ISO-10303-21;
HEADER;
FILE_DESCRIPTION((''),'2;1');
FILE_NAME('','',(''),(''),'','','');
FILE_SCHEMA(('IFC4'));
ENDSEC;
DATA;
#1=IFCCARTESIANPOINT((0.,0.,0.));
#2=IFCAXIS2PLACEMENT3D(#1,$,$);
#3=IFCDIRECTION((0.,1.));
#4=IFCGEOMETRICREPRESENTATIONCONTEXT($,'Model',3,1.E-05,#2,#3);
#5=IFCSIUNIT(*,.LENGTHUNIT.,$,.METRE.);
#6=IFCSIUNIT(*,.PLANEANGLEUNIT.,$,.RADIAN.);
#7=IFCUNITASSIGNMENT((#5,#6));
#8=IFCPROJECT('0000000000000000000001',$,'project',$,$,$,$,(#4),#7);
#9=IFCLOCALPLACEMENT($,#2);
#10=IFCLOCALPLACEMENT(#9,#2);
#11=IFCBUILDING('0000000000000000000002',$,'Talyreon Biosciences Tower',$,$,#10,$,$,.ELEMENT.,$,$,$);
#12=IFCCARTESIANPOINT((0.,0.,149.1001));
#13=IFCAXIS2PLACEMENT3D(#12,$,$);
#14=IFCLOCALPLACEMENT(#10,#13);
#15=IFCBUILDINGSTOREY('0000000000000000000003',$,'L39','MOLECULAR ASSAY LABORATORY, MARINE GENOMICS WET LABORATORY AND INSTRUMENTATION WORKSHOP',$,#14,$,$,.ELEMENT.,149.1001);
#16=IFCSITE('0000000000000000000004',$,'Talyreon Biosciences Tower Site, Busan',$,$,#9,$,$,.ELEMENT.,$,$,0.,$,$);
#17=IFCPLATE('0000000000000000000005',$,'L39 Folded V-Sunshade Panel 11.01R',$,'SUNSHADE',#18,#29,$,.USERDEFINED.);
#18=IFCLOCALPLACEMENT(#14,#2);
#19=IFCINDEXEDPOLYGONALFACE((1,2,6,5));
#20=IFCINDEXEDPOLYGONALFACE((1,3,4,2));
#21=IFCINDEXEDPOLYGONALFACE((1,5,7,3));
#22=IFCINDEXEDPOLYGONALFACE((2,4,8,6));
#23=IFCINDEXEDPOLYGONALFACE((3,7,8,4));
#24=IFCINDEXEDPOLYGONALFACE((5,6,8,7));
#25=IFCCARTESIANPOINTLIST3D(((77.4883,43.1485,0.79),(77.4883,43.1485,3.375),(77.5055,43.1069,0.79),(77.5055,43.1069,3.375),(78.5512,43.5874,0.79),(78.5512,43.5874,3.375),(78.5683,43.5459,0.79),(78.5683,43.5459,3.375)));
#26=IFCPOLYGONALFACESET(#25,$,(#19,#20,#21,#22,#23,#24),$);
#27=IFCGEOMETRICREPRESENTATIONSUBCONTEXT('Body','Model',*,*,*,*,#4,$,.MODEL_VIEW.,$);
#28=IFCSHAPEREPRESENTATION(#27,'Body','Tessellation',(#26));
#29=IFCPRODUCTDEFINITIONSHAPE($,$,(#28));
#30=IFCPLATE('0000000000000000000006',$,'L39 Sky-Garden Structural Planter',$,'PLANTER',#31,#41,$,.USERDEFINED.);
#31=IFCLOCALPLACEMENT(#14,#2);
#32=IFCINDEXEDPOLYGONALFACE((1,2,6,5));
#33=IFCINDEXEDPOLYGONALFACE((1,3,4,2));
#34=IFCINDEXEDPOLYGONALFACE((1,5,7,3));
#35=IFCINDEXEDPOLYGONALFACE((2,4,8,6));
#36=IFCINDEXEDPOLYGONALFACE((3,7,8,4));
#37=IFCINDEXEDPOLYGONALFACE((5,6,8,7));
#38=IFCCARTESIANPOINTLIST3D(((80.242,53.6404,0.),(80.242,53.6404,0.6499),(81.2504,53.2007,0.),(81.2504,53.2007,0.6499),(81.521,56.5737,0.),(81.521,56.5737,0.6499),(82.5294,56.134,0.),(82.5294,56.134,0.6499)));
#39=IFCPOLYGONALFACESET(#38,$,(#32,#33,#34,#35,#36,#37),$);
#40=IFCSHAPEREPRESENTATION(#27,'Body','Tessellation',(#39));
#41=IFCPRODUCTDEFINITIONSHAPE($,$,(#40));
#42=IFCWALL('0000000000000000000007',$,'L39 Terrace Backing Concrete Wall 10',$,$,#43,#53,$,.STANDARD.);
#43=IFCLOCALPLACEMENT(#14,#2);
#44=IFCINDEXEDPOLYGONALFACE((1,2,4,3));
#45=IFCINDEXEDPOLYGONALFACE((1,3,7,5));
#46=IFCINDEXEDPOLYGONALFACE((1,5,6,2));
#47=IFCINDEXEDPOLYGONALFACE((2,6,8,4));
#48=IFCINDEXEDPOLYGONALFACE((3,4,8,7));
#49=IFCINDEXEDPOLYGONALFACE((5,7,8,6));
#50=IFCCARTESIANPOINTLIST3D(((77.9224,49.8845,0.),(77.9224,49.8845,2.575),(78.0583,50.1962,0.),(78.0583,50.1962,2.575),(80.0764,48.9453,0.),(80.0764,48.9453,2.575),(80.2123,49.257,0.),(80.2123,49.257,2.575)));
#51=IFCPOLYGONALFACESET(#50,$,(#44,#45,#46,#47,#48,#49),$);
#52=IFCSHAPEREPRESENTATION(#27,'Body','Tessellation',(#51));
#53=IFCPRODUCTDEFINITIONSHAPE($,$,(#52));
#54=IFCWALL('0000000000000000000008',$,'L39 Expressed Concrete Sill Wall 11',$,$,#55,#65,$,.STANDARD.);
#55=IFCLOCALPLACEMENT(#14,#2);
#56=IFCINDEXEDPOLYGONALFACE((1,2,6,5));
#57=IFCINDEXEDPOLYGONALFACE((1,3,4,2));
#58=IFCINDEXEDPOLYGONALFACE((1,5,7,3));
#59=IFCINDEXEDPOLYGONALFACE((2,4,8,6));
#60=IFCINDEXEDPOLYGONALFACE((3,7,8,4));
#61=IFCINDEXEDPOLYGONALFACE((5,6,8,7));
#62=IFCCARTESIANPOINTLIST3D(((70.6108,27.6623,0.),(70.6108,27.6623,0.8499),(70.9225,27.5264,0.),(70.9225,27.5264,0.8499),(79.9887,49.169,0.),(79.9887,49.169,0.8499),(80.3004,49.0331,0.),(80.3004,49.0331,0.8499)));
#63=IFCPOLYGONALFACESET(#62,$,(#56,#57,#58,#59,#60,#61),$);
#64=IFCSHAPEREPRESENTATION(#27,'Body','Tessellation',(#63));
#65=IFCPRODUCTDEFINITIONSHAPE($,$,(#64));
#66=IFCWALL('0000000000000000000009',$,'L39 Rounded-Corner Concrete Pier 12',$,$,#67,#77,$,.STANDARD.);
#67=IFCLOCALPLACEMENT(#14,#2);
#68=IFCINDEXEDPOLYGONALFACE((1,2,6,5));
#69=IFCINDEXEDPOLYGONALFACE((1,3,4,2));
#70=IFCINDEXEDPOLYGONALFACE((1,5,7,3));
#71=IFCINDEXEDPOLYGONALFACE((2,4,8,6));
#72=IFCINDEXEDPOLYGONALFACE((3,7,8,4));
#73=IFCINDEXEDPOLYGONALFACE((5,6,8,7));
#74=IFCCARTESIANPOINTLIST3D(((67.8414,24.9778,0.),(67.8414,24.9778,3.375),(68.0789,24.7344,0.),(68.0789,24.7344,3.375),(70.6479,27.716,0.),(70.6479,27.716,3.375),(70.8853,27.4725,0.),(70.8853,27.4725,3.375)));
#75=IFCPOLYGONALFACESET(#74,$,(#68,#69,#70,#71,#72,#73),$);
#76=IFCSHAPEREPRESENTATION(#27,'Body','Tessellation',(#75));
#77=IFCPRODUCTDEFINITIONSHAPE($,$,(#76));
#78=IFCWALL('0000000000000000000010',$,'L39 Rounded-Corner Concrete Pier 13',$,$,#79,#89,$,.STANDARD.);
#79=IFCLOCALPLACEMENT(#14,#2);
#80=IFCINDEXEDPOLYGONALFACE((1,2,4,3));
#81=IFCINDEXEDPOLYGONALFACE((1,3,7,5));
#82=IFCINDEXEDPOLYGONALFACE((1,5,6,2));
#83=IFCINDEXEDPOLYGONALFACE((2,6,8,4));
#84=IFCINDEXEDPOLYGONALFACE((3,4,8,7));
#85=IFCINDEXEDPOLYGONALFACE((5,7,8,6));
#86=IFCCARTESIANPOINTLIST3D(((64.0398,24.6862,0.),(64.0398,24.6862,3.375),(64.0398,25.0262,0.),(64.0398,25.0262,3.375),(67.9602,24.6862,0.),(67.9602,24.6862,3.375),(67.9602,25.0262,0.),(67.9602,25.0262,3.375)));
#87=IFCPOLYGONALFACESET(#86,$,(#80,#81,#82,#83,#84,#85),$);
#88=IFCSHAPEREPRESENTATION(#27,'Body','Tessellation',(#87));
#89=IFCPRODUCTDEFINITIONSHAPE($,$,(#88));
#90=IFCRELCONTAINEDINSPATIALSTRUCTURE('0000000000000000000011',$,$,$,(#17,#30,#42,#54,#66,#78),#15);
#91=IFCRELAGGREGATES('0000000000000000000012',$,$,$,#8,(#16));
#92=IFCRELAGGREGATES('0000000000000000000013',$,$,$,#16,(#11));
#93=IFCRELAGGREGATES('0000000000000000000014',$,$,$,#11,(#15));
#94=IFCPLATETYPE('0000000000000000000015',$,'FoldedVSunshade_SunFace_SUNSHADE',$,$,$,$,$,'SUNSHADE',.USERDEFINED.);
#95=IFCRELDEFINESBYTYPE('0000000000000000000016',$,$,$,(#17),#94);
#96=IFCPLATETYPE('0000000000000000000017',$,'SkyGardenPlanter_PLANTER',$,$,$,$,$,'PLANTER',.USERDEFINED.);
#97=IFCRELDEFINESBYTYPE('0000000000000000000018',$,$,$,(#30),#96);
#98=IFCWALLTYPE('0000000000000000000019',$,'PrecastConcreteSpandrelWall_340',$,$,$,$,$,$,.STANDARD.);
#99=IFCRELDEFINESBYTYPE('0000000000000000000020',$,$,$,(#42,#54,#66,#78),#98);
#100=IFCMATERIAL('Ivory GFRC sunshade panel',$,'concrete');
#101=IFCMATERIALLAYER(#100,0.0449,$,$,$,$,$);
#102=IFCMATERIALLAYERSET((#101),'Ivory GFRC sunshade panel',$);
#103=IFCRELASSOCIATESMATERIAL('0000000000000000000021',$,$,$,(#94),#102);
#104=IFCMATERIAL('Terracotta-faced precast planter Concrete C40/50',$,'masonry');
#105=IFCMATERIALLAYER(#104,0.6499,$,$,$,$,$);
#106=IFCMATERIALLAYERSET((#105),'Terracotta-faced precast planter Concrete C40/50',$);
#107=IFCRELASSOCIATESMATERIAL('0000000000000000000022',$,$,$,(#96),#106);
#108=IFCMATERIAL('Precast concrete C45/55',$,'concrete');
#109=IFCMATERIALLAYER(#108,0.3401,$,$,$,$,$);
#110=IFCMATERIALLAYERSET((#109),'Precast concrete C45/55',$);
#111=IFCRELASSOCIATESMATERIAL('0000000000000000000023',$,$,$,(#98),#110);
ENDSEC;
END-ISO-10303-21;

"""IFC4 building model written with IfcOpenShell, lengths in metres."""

from ifc_helpers import new_model, si_unit, direction, frame, frame_2d, origin, origin_2d, place, context, subcontext, project, spatial, rectangle, extrude, material, layer, layer_set, type_object, element, save


model = new_model("IFC4")

# Units and contexts
model_context = context("Model", 3, precision=1e-05, world=origin(), true_north=direction((0.0, 1.0)))
body_context = subcontext(model_context, "Body", "Model", "MODEL_VIEW")
ifc_project = project(units=[si_unit("LENGTHUNIT", "METRE"), si_unit("PLANEANGLEUNIT", "RADIAN")], contexts=[model_context])

# Site, building, storey
site_placement = place(None, origin())
site = spatial("IfcSite", under=ifc_project, at=site_placement, Name="Talyreon Biosciences Tower Site, Busan", CompositionType="ELEMENT", RefElevation=0.0)
building_placement = place(site_placement, origin())
building = spatial("IfcBuilding", under=site, at=building_placement, Name="Talyreon Biosciences Tower", CompositionType="ELEMENT")
storey_placement = place(building_placement, frame((0.0, 0.0, 149.1001)))
storey = spatial("IfcBuildingStorey", under=building, at=storey_placement, Name="L39", Description="MOLECULAR ASSAY LABORATORY, MARINE GENOMICS WET LABORATORY AND INSTRUMENTATION WORKSHOP", CompositionType="ELEMENT", Elevation=149.1001)

# Shared definitions
ifc_material_1 = material(Name="Precast concrete C45/55", Category="concrete")

# Plates
ifc_material_2 = material(Name="Ivory GFRC sunshade panel", Category="concrete")
ifc_layer_1 = layer(ifc_material_2, 0.0449)
ifc_layer_set_1 = layer_set([ifc_layer_1], Name="Ivory GFRC sunshade panel")
plate_type_1 = type_object("IfcPlateType", Name="FoldedVSunshade_SunFace_SUNSHADE", ElementType="SUNSHADE", PredefinedType="USERDEFINED", material=ifc_layer_set_1)
for number, where, z_axis, x_axis, name in (
    (1, (78.0283, 43.3472, 0.79), (0.0, 0.0, 1.0), (-0.924273, -0.381732, 0.0), "L39 Folded V-Sunshade Panel 11.01R"),
):
    element("IfcPlate", number, at=place(storey_placement, frame(where, z_axis=z_axis, x_axis=x_axis)), inside=storey, type_object=plate_type_1, Name=name, ObjectType="SUNSHADE", PredefinedType="USERDEFINED", context=body_context, shape_type="SweptSolid", body=[
        extrude(rectangle(XDim=1.1499, YDim=0.0449, at=origin_2d()), origin(), (0.0, 0.0, 1.0), 2.585),
    ])
ifc_material_3 = material(Name="Terracotta-faced precast planter Concrete C40/50", Category="masonry")
ifc_layer_2 = layer(ifc_material_3, 0.6499)
ifc_layer_set_2 = layer_set([ifc_layer_2], Name="Terracotta-faced precast planter Concrete C40/50")
plate_type_2 = type_object("IfcPlateType", Name="SkyGardenPlanter_PLANTER", ElementType="PLANTER", PredefinedType="USERDEFINED", material=ifc_layer_set_2)
plate_1_placement = place(storey_placement, frame((81.3857, 54.8872, 0.0), z_axis=(0.0, 0.0, 1.0), x_axis=(0.399693, 0.916649, 0.0)))
element("IfcPlate", 2, at=plate_1_placement, inside=storey, type_object=plate_type_2, Name="L39 Sky-Garden Structural Planter", ObjectType="PLANTER", PredefinedType="USERDEFINED", context=body_context, shape_type="SweptSolid", body=[
    extrude(rectangle(XDim=3.2, YDim=1.1001, at=origin_2d()), origin(), (0.0, 0.0, 1.0), 0.6499),
])

# Walls
ifc_layer_3 = layer(ifc_material_1, 0.3401)
ifc_layer_set_3 = layer_set([ifc_layer_3], Name="Precast concrete C45/55")
wall_type = type_object("IfcWallType", Name="PrecastConcreteSpandrelWall_340", PredefinedType="STANDARD", material=ifc_layer_set_3)
wall_1_placement = place(storey_placement, frame((77.9905, 50.0403, 0.0), z_axis=(0.0, 0.0, 1.0), x_axis=(0.916655, -0.399679, 0.0)))
element("IfcWall", 3, at=wall_1_placement, inside=storey, type_object=wall_type, Name="L39 Terrace Backing Concrete Wall 10", PredefinedType="STANDARD", context=body_context, shape_type="SweptSolid", body=[
    extrude(rectangle(XDim=2.3499, YDim=0.3401, at=frame_2d((1.1748, 0.0))), origin(), (0.0, 0.0, 1.0), 2.575),
])
wall_2_placement = place(storey_placement, frame((80.1445, 49.1011, 0.0), z_axis=(0.0, 0.0, 1.0), x_axis=(-0.399698, -0.916647, 0.0)))
element("IfcWall", 4, at=wall_2_placement, inside=storey, type_object=wall_type, Name="L39 Expressed Concrete Sill Wall 11", PredefinedType="STANDARD", context=body_context, shape_type="SweptSolid", body=[
    extrude(rectangle(XDim=23.4624, YDim=0.3401, at=frame_2d((11.7312, 0.0))), origin(), (0.0, 0.0, 1.0), 0.8499),
])
wall_3_placement = place(storey_placement, frame((70.7666, 27.5942, 0.0), z_axis=(0.0, 0.0, 1.0), x_axis=(-0.715771, -0.698336, 0.0)))
element("IfcWall", 5, at=wall_3_placement, inside=storey, type_object=wall_type, Name="L39 Rounded-Corner Concrete Pier 12", PredefinedType="STANDARD", context=body_context, shape_type="SweptSolid", body=[
    extrude(rectangle(XDim=3.9209, YDim=0.3401, at=frame_2d((1.9604, 0.0))), origin(), (0.0, 0.0, 1.0), 3.375),
])
wall_4_placement = place(storey_placement, frame((67.9602, 24.8562, 0.0), z_axis=(0.0, 0.0, 1.0), x_axis=(-1.0, 0.0, 0.0)))
element("IfcWall", 6, at=wall_4_placement, inside=storey, type_object=wall_type, Name="L39 Rounded-Corner Concrete Pier 13", PredefinedType="STANDARD", context=body_context, shape_type="SweptSolid", body=[
    extrude(rectangle(XDim=3.9204, YDim=0.3401, at=frame_2d((1.9602, 0.0))), origin(), (0.0, 0.0, 1.0), 3.375),
])

save(model, "model.ifc")
